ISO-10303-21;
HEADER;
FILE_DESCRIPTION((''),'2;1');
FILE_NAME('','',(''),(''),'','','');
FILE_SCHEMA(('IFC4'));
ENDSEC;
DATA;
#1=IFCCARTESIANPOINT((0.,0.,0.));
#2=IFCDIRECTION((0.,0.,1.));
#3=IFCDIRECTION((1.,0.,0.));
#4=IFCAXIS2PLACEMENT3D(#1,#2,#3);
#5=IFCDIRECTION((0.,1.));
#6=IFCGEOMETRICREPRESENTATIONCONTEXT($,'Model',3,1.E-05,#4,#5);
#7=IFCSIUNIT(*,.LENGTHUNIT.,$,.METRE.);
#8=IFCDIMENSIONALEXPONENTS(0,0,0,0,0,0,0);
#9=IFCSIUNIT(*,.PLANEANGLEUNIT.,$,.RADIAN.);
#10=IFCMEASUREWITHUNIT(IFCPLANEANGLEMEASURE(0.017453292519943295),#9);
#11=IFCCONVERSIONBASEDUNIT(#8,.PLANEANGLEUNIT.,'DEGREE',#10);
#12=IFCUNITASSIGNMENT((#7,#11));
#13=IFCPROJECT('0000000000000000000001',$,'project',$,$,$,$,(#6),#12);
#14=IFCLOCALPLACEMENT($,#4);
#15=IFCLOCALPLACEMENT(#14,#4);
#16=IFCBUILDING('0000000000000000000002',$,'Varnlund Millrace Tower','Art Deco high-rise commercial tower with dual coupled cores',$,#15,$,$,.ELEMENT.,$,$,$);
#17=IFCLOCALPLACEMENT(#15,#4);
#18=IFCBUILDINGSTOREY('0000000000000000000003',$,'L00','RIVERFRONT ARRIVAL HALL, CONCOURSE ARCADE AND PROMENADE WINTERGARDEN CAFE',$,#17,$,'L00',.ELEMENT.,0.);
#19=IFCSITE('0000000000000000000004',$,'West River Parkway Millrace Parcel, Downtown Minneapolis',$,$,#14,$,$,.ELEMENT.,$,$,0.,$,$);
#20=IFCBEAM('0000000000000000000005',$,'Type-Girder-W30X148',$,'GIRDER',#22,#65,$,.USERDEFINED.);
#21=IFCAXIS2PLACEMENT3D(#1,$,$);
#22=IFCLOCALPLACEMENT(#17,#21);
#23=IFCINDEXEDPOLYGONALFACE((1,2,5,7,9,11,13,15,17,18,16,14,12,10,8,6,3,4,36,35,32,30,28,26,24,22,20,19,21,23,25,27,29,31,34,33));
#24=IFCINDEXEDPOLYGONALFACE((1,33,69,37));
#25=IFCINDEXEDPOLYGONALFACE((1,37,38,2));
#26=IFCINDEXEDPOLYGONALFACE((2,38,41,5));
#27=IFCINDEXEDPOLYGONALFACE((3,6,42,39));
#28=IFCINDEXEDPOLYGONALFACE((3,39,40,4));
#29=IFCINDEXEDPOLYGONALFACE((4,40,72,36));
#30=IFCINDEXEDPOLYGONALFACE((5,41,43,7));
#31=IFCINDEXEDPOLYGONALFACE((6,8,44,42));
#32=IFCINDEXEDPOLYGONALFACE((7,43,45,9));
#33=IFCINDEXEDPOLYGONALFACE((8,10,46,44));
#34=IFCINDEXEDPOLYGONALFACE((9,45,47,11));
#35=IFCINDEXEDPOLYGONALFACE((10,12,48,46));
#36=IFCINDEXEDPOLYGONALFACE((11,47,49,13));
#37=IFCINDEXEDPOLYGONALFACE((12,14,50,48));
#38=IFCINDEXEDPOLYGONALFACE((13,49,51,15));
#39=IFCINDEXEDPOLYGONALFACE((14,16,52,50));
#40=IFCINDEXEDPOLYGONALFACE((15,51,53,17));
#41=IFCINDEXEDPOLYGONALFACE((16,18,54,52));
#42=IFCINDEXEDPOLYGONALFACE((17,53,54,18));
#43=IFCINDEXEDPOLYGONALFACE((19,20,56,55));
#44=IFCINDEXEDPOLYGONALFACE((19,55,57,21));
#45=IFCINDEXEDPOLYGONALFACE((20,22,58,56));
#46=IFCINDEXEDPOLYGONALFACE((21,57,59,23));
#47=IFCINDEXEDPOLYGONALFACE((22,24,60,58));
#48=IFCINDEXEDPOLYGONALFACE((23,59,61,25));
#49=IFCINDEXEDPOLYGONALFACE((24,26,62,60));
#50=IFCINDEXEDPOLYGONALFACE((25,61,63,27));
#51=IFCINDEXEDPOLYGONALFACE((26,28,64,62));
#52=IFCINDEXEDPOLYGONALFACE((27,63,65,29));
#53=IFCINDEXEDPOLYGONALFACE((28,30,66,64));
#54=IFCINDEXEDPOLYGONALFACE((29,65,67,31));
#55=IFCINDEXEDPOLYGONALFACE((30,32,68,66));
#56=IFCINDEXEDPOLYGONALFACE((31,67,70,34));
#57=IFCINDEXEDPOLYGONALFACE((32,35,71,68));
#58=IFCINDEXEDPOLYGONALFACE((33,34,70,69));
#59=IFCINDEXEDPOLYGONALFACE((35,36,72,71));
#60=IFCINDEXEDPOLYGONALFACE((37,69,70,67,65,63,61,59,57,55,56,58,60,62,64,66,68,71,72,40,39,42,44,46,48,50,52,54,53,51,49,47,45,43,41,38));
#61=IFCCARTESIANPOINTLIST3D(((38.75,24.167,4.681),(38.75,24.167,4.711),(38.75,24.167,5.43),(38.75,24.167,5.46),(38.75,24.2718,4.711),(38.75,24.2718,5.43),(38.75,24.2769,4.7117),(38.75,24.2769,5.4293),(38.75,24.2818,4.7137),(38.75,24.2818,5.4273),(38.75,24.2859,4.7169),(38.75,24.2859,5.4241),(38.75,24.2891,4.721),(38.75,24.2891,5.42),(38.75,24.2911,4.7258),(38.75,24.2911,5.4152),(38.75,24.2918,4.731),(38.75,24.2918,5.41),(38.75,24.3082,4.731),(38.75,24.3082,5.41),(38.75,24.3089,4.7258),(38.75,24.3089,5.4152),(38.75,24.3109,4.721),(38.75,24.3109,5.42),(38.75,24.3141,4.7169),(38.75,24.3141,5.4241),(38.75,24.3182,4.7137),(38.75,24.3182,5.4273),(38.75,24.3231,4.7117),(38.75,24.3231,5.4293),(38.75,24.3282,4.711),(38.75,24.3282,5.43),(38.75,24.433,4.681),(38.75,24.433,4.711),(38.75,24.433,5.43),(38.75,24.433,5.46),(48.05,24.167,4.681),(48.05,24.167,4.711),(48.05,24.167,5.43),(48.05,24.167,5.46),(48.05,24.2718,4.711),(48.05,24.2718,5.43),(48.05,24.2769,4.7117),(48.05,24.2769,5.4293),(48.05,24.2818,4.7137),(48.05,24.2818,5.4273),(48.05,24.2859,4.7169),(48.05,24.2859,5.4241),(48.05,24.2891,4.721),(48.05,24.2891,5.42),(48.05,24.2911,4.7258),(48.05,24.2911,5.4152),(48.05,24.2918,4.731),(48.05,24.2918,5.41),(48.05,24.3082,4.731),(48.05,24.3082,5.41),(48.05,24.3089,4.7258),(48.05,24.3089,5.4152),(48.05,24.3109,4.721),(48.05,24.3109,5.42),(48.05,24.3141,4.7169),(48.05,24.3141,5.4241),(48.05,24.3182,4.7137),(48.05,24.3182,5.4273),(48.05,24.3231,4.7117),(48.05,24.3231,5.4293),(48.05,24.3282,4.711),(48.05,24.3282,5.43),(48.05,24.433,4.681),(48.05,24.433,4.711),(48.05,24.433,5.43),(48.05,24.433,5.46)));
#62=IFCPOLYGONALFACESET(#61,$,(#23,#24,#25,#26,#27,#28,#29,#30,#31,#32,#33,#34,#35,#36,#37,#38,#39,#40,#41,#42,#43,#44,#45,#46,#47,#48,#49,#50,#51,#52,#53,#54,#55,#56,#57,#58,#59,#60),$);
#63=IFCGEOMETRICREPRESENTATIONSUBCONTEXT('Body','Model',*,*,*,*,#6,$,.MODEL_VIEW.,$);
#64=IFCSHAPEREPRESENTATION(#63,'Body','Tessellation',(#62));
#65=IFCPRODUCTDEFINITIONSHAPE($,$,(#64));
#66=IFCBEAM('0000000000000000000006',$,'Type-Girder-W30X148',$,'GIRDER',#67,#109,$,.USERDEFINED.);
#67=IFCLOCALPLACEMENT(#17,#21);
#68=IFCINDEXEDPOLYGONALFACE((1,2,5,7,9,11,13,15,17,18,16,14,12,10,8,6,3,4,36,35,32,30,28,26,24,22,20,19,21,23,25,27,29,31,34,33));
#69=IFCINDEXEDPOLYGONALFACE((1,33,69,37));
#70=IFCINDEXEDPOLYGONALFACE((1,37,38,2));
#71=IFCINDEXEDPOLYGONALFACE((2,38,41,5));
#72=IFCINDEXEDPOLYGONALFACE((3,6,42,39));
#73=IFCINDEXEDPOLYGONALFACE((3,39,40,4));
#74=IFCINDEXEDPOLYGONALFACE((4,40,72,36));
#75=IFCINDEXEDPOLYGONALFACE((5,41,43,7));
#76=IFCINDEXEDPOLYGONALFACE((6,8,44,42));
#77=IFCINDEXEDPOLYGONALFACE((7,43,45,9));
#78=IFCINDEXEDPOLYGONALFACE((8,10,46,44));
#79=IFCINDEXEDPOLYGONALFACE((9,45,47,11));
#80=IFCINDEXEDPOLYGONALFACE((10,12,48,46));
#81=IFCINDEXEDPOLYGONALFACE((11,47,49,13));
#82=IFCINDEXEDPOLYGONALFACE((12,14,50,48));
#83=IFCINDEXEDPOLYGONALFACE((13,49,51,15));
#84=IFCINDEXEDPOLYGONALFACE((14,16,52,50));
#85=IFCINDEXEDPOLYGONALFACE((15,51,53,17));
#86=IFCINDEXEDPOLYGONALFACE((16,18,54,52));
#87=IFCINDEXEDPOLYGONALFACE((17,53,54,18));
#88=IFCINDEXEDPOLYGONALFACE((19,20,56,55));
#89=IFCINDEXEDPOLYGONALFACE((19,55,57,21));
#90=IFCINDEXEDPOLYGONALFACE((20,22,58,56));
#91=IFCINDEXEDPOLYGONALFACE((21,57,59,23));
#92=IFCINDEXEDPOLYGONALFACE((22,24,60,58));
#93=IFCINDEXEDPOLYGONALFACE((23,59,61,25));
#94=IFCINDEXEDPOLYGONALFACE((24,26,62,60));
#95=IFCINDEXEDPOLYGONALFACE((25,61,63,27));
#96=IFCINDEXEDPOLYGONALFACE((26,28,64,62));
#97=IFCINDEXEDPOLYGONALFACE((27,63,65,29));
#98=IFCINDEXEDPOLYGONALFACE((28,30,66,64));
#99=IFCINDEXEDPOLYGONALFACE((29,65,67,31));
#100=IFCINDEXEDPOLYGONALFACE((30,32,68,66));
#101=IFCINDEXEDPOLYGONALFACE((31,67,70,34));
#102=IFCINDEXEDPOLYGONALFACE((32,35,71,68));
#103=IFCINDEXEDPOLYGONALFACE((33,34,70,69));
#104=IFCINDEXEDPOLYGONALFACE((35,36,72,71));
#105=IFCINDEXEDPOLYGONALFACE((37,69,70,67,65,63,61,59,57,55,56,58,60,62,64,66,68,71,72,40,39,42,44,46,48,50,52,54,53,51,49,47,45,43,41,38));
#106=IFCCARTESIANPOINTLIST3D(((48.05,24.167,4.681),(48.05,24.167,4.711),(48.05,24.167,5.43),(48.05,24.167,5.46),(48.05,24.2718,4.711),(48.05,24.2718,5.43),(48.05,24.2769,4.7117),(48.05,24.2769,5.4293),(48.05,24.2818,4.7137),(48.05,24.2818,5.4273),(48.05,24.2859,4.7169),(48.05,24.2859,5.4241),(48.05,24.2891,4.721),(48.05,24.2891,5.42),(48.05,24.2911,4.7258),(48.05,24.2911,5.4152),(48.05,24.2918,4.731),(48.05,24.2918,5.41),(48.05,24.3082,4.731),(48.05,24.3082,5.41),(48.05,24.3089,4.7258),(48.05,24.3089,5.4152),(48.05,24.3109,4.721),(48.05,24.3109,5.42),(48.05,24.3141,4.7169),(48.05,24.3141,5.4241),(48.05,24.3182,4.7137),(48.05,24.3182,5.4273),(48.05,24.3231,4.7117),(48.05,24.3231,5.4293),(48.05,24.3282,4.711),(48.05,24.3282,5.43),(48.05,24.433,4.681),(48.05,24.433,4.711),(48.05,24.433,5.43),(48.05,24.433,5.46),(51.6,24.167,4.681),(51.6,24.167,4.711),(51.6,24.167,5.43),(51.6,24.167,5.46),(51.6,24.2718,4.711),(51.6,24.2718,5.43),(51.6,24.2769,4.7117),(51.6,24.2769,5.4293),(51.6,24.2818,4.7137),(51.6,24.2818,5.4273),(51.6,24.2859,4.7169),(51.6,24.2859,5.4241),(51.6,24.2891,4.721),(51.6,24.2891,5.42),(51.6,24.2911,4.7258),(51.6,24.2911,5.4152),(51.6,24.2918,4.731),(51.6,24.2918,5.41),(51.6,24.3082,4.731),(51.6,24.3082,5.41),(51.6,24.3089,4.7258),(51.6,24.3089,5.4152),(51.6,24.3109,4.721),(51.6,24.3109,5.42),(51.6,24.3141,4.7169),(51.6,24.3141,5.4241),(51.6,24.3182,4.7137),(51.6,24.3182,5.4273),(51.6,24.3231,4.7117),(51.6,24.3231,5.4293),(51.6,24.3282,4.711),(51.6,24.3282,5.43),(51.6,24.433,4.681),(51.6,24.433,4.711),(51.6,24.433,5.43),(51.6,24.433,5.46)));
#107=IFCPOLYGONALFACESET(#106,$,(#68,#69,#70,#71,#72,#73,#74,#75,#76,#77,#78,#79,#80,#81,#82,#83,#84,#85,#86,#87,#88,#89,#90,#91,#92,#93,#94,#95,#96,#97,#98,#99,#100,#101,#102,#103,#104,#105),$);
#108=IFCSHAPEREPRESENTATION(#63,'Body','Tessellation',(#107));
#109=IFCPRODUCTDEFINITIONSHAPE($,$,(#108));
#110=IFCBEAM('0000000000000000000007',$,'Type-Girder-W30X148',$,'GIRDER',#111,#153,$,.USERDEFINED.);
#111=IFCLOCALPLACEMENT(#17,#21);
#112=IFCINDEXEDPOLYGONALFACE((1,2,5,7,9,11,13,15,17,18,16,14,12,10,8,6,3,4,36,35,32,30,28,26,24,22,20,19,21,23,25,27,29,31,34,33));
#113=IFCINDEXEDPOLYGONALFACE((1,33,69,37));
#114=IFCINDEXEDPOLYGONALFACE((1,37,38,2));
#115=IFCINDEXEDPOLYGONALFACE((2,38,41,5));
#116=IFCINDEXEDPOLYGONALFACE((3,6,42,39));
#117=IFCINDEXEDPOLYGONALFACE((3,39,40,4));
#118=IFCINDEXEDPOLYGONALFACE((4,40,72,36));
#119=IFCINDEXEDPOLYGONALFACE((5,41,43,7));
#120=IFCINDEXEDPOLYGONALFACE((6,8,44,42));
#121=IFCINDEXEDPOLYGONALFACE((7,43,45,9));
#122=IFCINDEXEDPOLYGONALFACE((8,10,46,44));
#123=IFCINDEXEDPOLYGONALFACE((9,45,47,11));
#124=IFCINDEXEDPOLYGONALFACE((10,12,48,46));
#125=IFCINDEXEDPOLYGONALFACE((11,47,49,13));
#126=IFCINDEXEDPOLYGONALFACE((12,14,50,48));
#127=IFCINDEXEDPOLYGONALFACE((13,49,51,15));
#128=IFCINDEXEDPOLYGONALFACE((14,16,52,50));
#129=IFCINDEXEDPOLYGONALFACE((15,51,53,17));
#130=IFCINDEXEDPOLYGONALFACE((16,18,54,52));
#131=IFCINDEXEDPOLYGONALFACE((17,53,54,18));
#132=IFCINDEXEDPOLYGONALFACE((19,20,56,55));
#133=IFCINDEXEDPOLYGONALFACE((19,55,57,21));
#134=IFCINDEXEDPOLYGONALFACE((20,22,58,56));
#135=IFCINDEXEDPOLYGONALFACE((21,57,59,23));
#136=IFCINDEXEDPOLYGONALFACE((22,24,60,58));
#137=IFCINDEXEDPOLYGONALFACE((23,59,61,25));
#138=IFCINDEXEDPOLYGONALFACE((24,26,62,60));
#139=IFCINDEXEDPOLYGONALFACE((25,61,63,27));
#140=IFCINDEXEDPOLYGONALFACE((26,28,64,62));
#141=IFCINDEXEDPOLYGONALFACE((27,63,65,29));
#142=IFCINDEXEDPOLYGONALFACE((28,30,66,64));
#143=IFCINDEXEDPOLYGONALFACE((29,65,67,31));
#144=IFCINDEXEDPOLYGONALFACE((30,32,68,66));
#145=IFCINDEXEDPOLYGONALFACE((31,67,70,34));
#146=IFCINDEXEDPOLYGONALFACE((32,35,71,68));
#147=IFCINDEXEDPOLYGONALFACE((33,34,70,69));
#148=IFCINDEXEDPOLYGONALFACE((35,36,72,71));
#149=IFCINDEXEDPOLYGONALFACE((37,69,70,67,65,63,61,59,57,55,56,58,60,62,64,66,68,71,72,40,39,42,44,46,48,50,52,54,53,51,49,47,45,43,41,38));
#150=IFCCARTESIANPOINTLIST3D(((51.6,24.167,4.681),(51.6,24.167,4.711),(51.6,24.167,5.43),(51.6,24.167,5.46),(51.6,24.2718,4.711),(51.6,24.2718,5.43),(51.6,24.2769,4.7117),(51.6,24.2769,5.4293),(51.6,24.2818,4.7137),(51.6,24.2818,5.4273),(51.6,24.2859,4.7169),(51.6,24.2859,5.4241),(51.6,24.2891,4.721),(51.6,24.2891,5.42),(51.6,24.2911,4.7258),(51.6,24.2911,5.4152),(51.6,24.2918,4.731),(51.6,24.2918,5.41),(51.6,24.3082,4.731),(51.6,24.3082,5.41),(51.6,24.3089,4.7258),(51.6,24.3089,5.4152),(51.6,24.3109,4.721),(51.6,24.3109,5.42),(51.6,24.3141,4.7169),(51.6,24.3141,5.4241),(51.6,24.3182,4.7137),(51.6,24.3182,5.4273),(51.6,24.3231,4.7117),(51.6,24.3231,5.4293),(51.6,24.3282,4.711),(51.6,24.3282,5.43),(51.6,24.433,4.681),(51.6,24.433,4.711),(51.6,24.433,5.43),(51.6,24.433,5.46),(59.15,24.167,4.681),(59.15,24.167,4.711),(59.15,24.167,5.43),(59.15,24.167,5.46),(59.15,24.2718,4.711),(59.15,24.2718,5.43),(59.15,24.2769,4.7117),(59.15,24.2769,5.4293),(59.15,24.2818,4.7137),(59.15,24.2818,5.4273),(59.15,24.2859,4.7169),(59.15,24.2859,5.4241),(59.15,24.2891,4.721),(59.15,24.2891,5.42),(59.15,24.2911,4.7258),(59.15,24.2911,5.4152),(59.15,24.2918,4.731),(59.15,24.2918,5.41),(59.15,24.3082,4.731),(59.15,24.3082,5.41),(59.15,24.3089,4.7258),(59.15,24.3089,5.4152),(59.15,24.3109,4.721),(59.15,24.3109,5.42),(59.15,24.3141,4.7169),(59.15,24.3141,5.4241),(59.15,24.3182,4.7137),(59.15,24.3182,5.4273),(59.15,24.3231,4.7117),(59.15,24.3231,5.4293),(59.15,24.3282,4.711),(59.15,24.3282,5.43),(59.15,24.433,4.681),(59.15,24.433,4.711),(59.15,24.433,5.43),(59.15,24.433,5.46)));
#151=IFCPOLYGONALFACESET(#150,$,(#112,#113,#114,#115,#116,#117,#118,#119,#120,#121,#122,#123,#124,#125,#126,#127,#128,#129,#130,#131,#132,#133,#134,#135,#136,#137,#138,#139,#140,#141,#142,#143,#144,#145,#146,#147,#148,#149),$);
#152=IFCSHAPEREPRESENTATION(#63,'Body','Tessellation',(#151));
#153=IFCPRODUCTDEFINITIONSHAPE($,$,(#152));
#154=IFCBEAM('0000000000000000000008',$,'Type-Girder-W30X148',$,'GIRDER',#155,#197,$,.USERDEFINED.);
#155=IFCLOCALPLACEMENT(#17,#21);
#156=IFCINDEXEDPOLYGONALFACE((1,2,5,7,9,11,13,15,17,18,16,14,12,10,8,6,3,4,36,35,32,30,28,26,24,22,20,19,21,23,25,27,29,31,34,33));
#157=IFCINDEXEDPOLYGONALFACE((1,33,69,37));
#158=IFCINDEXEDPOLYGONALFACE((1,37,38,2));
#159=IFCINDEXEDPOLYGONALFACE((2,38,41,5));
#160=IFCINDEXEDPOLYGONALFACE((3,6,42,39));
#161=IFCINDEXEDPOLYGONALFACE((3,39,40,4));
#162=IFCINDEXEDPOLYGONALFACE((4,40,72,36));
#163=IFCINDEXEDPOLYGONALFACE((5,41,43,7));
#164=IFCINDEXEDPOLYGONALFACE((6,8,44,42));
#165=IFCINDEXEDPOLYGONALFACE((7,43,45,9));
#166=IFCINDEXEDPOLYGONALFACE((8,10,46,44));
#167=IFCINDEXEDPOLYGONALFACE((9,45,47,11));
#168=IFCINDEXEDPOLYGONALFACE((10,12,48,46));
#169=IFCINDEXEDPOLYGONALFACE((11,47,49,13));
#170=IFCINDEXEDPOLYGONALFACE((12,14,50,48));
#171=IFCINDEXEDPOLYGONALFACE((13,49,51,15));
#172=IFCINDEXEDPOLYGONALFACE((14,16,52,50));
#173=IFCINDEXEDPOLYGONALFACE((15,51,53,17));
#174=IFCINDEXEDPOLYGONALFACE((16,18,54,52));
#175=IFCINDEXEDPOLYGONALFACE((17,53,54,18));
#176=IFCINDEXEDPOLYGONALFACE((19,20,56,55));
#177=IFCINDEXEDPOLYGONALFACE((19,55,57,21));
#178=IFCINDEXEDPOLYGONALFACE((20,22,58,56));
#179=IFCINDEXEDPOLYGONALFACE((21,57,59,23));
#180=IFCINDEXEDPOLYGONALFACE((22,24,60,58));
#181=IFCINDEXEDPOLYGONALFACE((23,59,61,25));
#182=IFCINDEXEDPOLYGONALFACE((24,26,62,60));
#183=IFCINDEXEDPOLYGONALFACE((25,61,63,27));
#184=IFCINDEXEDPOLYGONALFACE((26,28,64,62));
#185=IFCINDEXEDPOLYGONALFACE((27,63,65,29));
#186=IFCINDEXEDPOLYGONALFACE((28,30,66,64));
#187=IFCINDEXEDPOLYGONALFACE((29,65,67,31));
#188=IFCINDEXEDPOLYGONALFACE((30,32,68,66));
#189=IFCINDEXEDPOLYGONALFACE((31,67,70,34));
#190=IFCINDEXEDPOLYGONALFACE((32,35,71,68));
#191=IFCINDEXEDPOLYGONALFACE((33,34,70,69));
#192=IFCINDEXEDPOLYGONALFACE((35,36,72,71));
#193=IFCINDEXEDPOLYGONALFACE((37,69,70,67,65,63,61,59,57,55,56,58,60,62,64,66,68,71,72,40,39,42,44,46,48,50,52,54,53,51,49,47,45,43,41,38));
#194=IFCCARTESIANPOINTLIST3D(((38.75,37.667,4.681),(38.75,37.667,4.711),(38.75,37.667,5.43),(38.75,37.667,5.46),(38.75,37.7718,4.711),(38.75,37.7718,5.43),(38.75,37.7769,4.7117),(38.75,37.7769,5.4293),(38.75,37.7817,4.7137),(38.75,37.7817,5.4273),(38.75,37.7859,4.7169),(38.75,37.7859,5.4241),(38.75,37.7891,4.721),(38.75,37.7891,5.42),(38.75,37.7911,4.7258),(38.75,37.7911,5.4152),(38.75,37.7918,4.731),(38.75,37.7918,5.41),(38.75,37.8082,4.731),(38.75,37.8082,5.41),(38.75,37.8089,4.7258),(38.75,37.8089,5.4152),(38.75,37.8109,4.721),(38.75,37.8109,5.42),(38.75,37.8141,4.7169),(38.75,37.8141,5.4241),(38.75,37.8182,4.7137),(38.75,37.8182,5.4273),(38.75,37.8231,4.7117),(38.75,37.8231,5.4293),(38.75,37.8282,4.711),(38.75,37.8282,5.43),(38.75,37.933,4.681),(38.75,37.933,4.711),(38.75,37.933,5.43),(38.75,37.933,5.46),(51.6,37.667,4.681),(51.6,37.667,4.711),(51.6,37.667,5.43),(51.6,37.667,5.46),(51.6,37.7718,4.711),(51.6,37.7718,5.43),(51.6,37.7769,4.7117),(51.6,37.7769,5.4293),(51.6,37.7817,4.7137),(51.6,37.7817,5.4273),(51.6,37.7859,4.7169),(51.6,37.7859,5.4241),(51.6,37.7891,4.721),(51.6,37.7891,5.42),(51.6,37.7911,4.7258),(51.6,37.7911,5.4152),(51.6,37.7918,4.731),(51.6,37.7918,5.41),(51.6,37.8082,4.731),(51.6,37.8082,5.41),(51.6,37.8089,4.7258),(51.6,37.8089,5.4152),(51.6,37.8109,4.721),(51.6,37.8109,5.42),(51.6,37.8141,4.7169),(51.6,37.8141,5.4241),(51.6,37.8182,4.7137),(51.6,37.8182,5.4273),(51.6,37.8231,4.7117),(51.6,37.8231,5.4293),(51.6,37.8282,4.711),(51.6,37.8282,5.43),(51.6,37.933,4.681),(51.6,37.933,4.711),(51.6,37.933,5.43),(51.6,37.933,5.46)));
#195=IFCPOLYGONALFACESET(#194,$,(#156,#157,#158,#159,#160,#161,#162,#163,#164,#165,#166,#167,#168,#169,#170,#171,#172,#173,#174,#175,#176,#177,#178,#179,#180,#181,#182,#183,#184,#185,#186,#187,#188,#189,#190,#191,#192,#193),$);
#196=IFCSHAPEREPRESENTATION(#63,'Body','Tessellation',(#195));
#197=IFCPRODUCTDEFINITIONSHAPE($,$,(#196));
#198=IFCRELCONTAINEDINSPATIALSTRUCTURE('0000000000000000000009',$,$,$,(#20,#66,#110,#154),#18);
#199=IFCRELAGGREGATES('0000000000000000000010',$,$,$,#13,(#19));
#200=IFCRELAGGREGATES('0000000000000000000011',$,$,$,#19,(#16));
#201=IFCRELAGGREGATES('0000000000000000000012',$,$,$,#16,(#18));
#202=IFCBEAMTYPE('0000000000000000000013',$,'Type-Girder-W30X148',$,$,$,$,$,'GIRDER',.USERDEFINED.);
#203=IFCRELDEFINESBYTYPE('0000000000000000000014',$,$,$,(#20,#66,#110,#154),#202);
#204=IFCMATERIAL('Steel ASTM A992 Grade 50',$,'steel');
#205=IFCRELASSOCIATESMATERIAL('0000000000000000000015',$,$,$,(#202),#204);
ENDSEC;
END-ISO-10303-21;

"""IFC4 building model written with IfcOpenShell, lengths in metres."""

from ifc_helpers import new_model, entity, si_unit, converted_unit, direction, frame, origin_with_axes, origin_2d_with_axis, place, context, subcontext, project, spatial, i_section, extrude, material, material_profile, profile_set, type_object, element, save


model = new_model("IFC4")

# Units and contexts
model_context = context("Model", 3, precision=1e-05, world=origin_with_axes(), true_north=direction((0.0, 1.0)))
body_context = subcontext(model_context, "Body", "Model", "MODEL_VIEW")
ifc_project = project(units=[si_unit("LENGTHUNIT", "METRE"), converted_unit("PLANEANGLEUNIT", "DEGREE", entity("IfcPlaneAngleMeasure", 0.017453292519943295), si_unit("PLANEANGLEUNIT", "RADIAN"), dimensions=[0, 0, 0, 0, 0, 0, 0])], contexts=[model_context])

# Site, building, storey
site_placement = place(None, origin_with_axes())
site = spatial("IfcSite", under=ifc_project, at=site_placement, Name="West River Parkway Millrace Parcel, Downtown Minneapolis", CompositionType="ELEMENT", RefElevation=0.0)
building_placement = place(site_placement, origin_with_axes())
building = spatial("IfcBuilding", under=site, at=building_placement, Name="Varnlund Millrace Tower", Description="Art Deco high-rise commercial tower with dual coupled cores", CompositionType="ELEMENT")
storey_placement = place(building_placement, origin_with_axes())
storey = spatial("IfcBuildingStorey", under=building, at=storey_placement, Name="L00", Description="RIVERFRONT ARRIVAL HALL, CONCOURSE ARCADE AND PROMENADE WINTERGARDEN CAFE", LongName="L00", CompositionType="ELEMENT", Elevation=0.0)

# Beams
ifc_material_1 = material(Name="Steel ASTM A992 Grade 50", Category="steel")
ifc_material_profile_1 = material_profile(ifc_material_1, i_section(OverallWidth=0.266, OverallDepth=0.779, WebThickness=0.0165, FlangeThickness=0.03, FilletRadius=0.02, at=origin_2d_with_axis()), Name="Steel ASTM A992 Grade 50")
ifc_profile_set_1 = profile_set([ifc_material_profile_1], Name="Steel ASTM A992 Grade 50")
beam_type_1 = type_object("IfcBeamType", Name="Type-Girder-W30X148", ElementType="GIRDER", PredefinedType="USERDEFINED", material=ifc_profile_set_1)
beam_1_placement = place(storey_placement, frame((38.75, 24.3, 5.0705), z_axis=(1.0, 0.0, 0.0), x_axis=(0.0, 1.0, 0.0)))
element("IfcBeam", 1, at=beam_1_placement, inside=storey, type_object=beam_type_1, Name="Type-Girder-W30X148", ObjectType="GIRDER", PredefinedType="USERDEFINED", context=body_context, shape_type="SweptSolid", body=[
    extrude(i_section(OverallWidth=0.266, OverallDepth=0.779, WebThickness=0.0165, FlangeThickness=0.03, FilletRadius=0.02, at=origin_2d_with_axis()), origin_with_axes(), (0.0, 0.0, 1.0), 9.3),
])
beam_2_placement = place(storey_placement, frame((48.05, 24.3, 5.0705), z_axis=(1.0, 0.0, 0.0), x_axis=(0.0, 1.0, 0.0)))
element("IfcBeam", 2, at=beam_2_placement, inside=storey, type_object=beam_type_1, Name="Type-Girder-W30X148", ObjectType="GIRDER", PredefinedType="USERDEFINED", context=body_context, shape_type="SweptSolid", body=[
    extrude(i_section(OverallWidth=0.266, OverallDepth=0.779, WebThickness=0.0165, FlangeThickness=0.03, FilletRadius=0.02, at=origin_2d_with_axis()), origin_with_axes(), (0.0, 0.0, 1.0), 3.55),
])
beam_3_placement = place(storey_placement, frame((51.6, 24.3, 5.0705), z_axis=(1.0, 0.0, 0.0), x_axis=(0.0, 1.0, 0.0)))
element("IfcBeam", 3, at=beam_3_placement, inside=storey, type_object=beam_type_1, Name="Type-Girder-W30X148", ObjectType="GIRDER", PredefinedType="USERDEFINED", context=body_context, shape_type="SweptSolid", body=[
    extrude(i_section(OverallWidth=0.266, OverallDepth=0.779, WebThickness=0.0165, FlangeThickness=0.03, FilletRadius=0.02, at=origin_2d_with_axis()), origin_with_axes(), (0.0, 0.0, 1.0), 7.55),
])
beam_4_placement = place(storey_placement, frame((38.75, 37.8, 5.0705), z_axis=(1.0, 0.0, 0.0), x_axis=(0.0, 1.0, 0.0)))
element("IfcBeam", 4, at=beam_4_placement, inside=storey, type_object=beam_type_1, Name="Type-Girder-W30X148", ObjectType="GIRDER", PredefinedType="USERDEFINED", context=body_context, shape_type="SweptSolid", body=[
    extrude(i_section(OverallWidth=0.266, OverallDepth=0.779, WebThickness=0.0165, FlangeThickness=0.03, FilletRadius=0.02, at=origin_2d_with_axis()), origin_with_axes(), (0.0, 0.0, 1.0), 12.85),
])

save(model, "model.ifc")
